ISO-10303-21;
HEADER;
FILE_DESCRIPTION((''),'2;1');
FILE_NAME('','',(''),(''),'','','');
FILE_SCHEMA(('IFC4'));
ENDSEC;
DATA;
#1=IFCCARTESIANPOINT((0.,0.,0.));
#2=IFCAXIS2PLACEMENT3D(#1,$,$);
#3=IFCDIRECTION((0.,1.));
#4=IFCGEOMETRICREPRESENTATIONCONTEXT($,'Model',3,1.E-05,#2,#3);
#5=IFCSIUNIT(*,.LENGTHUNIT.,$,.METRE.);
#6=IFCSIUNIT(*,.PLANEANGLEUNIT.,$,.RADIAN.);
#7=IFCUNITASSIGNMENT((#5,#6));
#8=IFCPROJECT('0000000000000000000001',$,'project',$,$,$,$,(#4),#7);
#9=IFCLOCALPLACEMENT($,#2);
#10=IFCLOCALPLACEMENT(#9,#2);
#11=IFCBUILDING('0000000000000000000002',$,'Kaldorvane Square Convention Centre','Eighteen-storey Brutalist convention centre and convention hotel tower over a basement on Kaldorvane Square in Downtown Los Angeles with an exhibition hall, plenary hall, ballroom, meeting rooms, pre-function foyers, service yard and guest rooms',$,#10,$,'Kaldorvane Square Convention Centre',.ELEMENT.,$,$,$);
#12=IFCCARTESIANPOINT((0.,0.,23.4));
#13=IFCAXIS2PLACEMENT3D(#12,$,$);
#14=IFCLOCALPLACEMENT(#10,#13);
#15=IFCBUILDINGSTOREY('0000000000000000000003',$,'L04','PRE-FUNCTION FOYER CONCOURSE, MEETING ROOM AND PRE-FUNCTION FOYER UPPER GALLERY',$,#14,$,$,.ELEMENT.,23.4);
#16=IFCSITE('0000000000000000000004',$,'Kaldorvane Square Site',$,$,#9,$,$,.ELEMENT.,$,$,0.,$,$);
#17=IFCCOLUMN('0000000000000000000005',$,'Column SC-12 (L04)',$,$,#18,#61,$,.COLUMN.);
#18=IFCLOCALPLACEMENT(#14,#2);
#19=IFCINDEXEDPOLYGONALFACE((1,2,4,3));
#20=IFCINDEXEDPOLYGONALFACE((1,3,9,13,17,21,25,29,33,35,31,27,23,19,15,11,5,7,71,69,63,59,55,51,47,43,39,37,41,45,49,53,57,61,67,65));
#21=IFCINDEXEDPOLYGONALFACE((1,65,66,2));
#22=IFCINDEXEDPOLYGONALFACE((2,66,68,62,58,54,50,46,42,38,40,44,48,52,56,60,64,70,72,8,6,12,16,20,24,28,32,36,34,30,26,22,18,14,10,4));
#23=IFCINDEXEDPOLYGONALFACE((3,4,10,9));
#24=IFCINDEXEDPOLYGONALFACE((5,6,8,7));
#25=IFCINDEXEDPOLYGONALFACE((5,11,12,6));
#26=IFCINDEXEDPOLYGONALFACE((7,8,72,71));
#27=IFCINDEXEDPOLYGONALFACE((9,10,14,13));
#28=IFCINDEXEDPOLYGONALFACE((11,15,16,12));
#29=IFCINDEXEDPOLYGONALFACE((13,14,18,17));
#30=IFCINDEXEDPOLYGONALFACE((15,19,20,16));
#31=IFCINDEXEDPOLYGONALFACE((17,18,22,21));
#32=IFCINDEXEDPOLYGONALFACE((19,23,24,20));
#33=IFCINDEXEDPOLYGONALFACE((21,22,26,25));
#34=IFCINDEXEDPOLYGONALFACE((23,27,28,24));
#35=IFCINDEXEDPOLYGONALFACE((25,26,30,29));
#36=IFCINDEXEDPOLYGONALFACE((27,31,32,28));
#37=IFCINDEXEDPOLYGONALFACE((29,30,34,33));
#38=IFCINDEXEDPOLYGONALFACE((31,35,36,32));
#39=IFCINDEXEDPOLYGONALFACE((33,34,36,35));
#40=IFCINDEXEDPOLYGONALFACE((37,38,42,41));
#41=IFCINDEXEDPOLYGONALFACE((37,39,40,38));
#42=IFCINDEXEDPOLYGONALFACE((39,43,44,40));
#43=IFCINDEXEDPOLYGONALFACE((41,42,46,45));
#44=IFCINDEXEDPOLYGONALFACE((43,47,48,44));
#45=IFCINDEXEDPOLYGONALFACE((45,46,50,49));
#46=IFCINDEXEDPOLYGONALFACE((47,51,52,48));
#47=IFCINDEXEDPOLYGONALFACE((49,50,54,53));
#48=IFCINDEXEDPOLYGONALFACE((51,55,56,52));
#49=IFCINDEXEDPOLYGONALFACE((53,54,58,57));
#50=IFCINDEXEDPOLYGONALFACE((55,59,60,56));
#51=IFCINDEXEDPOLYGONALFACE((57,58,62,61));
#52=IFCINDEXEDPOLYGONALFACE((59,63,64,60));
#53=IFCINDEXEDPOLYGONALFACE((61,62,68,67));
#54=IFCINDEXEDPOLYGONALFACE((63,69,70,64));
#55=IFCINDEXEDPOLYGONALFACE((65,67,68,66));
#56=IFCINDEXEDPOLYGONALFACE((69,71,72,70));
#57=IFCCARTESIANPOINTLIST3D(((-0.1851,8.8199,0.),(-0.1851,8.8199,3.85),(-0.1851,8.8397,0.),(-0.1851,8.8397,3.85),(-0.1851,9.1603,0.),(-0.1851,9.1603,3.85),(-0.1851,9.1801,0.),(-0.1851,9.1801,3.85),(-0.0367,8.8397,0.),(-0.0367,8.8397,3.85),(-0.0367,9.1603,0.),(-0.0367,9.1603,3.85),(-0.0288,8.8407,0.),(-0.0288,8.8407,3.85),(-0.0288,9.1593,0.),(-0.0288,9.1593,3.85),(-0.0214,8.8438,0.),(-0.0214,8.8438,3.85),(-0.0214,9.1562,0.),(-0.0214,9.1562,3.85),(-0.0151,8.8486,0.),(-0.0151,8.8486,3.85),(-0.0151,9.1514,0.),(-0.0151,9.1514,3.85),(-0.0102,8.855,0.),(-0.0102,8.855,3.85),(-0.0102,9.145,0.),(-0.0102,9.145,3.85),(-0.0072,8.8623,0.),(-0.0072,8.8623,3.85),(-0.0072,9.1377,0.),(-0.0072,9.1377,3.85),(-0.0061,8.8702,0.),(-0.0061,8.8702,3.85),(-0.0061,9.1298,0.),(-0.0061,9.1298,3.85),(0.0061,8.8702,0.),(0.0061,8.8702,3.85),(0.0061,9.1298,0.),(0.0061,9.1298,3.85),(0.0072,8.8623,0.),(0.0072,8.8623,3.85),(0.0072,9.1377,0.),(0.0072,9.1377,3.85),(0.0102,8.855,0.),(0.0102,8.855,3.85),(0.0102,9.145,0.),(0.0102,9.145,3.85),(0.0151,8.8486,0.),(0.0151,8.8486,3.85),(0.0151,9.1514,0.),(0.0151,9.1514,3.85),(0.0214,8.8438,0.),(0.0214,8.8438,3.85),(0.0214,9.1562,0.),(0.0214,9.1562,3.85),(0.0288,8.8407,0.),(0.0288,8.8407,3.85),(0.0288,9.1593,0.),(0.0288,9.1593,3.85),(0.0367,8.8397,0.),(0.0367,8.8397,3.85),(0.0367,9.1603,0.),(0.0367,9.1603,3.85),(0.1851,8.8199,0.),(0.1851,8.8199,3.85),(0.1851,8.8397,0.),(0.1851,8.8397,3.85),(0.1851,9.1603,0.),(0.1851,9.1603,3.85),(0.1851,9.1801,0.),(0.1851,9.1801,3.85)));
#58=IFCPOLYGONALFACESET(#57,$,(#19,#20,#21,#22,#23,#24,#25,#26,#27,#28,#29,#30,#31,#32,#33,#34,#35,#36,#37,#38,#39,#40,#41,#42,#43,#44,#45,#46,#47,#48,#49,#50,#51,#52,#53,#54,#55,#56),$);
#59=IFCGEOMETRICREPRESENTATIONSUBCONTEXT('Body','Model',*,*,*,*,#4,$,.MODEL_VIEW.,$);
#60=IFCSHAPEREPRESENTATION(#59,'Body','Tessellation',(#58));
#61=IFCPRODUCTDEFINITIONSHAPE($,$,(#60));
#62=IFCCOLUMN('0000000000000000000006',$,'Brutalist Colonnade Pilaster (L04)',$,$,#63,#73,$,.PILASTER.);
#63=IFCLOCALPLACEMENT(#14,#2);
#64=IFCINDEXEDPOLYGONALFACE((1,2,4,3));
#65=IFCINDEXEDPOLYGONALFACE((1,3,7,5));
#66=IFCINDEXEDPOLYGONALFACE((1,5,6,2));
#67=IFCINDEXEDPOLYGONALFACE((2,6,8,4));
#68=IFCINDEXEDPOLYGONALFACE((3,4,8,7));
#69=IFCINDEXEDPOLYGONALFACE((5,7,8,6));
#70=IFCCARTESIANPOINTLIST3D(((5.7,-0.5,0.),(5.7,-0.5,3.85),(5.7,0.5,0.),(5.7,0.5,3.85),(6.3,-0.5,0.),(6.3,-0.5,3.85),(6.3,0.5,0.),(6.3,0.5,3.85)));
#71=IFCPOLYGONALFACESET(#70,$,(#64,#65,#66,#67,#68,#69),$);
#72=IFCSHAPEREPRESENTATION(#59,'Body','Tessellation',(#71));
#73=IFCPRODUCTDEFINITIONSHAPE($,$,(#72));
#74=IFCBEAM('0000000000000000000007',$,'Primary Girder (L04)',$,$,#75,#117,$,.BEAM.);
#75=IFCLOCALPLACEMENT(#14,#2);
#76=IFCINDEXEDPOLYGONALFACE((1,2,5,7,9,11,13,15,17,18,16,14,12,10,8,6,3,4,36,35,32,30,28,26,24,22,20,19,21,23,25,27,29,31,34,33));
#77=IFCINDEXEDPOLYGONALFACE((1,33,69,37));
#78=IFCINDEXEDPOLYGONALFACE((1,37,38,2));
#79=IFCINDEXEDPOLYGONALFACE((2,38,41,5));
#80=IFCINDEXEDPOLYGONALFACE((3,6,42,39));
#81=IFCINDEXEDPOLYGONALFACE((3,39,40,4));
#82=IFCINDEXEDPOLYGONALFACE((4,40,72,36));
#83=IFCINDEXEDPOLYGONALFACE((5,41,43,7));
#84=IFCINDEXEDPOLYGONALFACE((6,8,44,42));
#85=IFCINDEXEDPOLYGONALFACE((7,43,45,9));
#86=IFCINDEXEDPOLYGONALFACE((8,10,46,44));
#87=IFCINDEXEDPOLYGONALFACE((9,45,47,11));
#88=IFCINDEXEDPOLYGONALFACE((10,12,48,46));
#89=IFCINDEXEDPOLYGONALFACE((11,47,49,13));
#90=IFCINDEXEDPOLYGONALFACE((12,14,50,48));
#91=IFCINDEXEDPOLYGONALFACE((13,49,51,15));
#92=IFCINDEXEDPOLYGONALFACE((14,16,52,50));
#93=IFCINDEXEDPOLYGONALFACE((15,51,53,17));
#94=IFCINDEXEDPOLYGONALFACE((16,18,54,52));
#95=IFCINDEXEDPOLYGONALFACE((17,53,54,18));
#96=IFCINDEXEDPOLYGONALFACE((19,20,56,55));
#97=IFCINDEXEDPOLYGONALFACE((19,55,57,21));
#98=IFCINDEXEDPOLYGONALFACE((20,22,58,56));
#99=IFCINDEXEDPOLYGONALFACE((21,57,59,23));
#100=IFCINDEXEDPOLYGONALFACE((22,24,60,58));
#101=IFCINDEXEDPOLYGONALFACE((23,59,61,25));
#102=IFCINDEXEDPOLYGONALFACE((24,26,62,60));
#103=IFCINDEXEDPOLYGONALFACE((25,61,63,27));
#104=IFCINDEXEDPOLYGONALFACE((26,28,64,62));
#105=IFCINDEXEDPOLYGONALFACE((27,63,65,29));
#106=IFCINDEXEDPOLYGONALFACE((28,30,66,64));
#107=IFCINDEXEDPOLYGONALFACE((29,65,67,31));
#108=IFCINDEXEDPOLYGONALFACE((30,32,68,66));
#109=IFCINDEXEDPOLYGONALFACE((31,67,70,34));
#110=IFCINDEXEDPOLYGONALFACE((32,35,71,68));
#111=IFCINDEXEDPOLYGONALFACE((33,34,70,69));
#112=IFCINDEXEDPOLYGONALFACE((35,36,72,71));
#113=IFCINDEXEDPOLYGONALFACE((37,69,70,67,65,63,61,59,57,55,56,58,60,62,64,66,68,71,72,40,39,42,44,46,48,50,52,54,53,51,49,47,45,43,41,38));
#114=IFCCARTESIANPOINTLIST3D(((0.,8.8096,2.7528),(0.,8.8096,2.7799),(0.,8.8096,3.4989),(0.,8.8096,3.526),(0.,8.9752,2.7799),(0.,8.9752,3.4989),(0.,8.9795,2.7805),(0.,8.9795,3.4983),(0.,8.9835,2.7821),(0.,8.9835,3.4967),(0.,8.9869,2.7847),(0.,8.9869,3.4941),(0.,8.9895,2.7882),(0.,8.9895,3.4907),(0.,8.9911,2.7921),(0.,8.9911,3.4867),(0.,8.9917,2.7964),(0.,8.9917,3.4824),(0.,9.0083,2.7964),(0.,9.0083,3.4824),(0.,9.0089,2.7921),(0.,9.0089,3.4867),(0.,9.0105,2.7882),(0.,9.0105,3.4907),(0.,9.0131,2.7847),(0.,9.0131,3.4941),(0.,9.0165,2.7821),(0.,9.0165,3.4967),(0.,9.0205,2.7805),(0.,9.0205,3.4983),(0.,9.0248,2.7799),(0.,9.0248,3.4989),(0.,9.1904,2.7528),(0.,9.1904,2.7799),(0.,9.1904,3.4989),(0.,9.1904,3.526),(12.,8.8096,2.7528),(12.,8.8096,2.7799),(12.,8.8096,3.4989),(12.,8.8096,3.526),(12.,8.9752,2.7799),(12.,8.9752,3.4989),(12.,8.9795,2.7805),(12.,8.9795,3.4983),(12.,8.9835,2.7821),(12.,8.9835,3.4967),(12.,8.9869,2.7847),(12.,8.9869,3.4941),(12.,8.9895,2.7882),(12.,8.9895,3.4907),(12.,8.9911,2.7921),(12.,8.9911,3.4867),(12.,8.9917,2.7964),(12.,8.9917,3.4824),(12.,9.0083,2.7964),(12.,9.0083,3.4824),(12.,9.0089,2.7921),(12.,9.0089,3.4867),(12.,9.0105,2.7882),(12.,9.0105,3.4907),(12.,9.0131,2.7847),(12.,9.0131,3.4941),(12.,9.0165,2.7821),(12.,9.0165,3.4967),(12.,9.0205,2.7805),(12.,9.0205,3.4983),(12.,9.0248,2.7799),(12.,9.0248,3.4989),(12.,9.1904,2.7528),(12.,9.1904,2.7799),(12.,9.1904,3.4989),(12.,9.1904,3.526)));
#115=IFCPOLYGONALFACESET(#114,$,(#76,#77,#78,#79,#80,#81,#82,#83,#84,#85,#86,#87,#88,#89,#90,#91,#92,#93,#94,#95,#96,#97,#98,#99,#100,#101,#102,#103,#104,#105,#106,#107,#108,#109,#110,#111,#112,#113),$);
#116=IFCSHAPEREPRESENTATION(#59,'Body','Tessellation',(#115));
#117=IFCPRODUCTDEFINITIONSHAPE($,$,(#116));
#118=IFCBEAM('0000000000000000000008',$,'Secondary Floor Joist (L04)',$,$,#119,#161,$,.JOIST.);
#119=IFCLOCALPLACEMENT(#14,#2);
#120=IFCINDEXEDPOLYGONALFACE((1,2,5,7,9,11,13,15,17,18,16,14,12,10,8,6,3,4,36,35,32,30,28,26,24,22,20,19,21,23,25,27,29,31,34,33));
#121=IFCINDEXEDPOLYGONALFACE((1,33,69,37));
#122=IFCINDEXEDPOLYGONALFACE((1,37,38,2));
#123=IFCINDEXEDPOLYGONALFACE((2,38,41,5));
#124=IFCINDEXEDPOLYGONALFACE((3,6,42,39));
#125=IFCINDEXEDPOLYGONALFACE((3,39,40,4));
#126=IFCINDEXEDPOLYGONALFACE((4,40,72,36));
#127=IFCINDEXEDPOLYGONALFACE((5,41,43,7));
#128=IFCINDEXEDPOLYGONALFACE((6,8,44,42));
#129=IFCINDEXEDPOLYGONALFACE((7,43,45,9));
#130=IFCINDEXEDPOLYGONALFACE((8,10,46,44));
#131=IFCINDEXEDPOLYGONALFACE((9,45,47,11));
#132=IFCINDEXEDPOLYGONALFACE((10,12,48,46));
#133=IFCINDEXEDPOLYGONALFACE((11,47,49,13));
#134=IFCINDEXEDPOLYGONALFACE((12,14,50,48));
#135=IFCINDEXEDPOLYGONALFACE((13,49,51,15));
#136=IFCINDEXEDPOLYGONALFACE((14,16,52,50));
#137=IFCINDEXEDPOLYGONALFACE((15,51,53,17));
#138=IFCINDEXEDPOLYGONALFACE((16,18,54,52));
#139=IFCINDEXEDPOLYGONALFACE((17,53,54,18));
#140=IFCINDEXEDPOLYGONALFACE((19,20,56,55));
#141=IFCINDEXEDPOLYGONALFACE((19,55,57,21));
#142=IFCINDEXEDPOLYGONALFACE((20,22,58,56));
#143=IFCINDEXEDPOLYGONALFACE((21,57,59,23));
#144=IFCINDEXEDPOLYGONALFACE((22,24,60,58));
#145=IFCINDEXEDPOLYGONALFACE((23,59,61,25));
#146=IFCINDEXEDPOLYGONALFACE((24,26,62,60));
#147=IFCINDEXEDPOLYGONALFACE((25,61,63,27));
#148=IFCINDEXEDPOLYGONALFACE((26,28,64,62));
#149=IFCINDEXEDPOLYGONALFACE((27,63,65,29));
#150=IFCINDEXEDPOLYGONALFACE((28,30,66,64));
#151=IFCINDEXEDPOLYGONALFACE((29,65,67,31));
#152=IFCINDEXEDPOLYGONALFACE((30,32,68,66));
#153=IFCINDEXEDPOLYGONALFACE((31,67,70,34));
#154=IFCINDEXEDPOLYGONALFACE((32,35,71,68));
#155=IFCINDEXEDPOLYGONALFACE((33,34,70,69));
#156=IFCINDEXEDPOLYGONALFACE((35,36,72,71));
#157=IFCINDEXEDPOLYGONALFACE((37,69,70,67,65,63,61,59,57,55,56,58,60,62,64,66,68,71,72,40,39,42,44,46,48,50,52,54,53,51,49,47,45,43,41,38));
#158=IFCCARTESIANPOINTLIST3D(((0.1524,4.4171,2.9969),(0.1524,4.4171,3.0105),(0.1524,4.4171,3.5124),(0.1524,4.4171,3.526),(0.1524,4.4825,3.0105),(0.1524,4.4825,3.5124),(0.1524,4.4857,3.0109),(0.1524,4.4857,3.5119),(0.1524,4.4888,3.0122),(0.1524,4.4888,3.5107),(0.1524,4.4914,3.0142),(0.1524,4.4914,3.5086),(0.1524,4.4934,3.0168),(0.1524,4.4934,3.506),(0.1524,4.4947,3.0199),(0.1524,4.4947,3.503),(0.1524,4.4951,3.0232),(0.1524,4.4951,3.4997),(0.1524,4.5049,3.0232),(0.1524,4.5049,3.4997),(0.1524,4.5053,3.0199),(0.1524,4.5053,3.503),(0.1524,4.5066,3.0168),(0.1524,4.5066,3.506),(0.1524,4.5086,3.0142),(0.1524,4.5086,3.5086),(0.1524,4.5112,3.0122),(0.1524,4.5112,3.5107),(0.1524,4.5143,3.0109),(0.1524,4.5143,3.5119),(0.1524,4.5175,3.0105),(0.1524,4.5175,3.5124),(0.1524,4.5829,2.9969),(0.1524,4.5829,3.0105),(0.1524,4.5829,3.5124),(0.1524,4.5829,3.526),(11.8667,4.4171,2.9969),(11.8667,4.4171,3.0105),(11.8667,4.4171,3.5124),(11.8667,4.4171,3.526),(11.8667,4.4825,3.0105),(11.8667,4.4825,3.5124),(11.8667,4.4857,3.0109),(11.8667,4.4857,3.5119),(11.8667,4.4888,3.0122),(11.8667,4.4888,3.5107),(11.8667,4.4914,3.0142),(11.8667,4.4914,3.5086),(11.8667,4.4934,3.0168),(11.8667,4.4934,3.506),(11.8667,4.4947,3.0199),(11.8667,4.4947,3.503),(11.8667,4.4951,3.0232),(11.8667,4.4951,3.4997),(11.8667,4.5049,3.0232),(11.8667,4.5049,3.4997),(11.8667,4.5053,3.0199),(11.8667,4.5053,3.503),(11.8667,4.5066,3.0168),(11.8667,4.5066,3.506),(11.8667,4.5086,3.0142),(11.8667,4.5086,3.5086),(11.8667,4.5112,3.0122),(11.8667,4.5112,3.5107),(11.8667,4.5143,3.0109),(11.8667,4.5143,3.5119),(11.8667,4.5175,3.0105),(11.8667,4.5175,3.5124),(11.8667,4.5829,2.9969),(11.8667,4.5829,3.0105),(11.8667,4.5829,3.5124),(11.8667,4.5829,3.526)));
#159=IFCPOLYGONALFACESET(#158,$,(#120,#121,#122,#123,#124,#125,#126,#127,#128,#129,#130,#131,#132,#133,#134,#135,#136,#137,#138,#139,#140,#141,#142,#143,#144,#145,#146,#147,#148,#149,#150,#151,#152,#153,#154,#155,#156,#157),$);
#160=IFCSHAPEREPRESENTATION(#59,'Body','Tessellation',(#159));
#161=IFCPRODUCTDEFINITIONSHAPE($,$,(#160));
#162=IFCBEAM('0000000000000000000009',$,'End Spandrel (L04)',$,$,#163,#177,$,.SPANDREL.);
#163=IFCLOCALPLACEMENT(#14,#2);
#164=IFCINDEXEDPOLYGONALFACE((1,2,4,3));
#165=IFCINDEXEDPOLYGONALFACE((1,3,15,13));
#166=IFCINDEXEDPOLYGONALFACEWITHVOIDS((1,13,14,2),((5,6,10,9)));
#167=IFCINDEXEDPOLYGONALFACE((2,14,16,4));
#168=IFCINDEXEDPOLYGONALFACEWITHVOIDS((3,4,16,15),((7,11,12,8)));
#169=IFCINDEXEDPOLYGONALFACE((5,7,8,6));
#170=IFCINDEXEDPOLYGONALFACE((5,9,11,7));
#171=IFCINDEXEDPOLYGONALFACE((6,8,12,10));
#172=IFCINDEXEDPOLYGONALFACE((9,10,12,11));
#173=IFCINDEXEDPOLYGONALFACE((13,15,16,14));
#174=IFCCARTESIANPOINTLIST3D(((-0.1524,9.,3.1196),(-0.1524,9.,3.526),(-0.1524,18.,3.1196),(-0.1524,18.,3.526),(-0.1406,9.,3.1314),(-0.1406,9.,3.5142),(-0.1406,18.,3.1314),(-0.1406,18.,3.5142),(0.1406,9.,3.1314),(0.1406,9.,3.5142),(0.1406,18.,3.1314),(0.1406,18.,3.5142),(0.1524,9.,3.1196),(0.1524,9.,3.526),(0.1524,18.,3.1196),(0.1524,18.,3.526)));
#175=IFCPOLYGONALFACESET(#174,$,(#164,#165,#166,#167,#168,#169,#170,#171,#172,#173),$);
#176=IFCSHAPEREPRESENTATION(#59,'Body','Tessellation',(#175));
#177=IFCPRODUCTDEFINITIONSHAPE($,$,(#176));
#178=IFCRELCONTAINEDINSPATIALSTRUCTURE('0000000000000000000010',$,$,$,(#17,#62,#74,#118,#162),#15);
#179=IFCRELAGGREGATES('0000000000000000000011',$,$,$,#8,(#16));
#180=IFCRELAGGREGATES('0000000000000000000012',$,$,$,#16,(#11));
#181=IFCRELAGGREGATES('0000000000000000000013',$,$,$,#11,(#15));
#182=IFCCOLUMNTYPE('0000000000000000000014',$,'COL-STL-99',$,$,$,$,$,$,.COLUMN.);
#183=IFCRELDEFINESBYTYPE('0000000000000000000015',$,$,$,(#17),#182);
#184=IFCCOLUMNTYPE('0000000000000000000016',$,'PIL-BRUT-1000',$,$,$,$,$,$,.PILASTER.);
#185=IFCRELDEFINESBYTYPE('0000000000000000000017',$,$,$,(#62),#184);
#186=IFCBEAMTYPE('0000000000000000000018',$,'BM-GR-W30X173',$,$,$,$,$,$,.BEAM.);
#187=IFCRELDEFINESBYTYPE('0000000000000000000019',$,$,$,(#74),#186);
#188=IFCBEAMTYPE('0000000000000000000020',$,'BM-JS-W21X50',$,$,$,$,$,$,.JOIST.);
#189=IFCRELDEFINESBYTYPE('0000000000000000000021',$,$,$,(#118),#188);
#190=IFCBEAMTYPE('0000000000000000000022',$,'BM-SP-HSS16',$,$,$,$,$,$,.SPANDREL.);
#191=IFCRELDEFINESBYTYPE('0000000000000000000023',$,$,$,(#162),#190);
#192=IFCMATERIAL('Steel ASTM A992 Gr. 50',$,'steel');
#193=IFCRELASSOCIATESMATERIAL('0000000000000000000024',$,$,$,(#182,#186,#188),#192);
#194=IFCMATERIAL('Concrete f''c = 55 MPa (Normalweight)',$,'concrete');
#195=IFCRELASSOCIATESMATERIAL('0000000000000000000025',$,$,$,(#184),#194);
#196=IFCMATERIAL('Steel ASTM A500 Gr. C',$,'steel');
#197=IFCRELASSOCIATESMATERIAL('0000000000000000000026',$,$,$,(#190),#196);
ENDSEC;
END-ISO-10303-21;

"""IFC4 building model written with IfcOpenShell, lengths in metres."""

from ifc_helpers import new_model, si_unit, direction, frame, origin, origin_2d, place, context, subcontext, project, spatial, rectangle, hollow_rectangle, i_section, extrude, material, material_profile, profile_set, type_object, element, save


model = new_model("IFC4")

# Units and contexts
model_context = context("Model", 3, precision=1e-05, world=origin(), true_north=direction((0.0, 1.0)))
body_context = subcontext(model_context, "Body", "Model", "MODEL_VIEW")
ifc_project = project(units=[si_unit("LENGTHUNIT", "METRE"), si_unit("PLANEANGLEUNIT", "RADIAN")], contexts=[model_context])

# Site, building, storey
site_placement = place(None, origin())
site = spatial("IfcSite", under=ifc_project, at=site_placement, Name="Kaldorvane Square Site", CompositionType="ELEMENT", RefElevation=0.0)
building_placement = place(site_placement, origin())
building = spatial("IfcBuilding", under=site, at=building_placement, Name="Kaldorvane Square Convention Centre", Description="Eighteen-storey Brutalist convention centre and convention hotel tower over a basement on Kaldorvane Square in Downtown Los Angeles with an exhibition hall, plenary hall, ballroom, meeting rooms, pre-function foyers, service yard and guest rooms", LongName="Kaldorvane Square Convention Centre", CompositionType="ELEMENT")
storey_placement = place(building_placement, frame((0.0, 0.0, 23.4)))
storey = spatial("IfcBuildingStorey", under=building, at=storey_placement, Name="L04", Description="PRE-FUNCTION FOYER CONCOURSE, MEETING ROOM AND PRE-FUNCTION FOYER UPPER GALLERY", CompositionType="ELEMENT", Elevation=23.4)

# Columns
ifc_material_1 = material(Name="Steel ASTM A992 Gr. 50", Category="steel")
ifc_material_profile_1 = material_profile(ifc_material_1, i_section(OverallWidth=0.3701, OverallDepth=0.3602, WebThickness=0.0123, FlangeThickness=0.0198, FilletRadius=0.0305, at=origin_2d()), Name="W14X99")
ifc_profile_set_1 = profile_set([ifc_material_profile_1], Name="Steel ASTM A992 Gr. 50")
column_type_1 = type_object("IfcColumnType", Name="COL-STL-99", PredefinedType="COLUMN", material=ifc_profile_set_1)
column_1_placement = place(storey_placement, frame((0.0, 9.0, 0.0), z_axis=(0.0, 0.0, 1.0), x_axis=(1.0, 0.0, 0.0)))
element("IfcColumn", 1, at=column_1_placement, inside=storey, type_object=column_type_1, Name="Column SC-12 (L04)", PredefinedType="COLUMN", context=body_context, shape_type="SweptSolid", body=[
    extrude(i_section(OverallWidth=0.3701, OverallDepth=0.3602, WebThickness=0.0123, FlangeThickness=0.0198, FilletRadius=0.0305, at=origin_2d()), origin(), (0.0, 0.0, 1.0), 3.85),
])
ifc_material_2 = material(Name="Concrete f'c = 55 MPa (Normalweight)", Category="concrete")
ifc_material_profile_2 = material_profile(ifc_material_2, rectangle(XDim=0.6, YDim=1.0, at=origin_2d()), Name="PIL1000X600")
ifc_profile_set_2 = profile_set([ifc_material_profile_2], Name="Concrete f'c = 55 MPa (Normalweight)")
column_type_2 = type_object("IfcColumnType", Name="PIL-BRUT-1000", PredefinedType="PILASTER", material=ifc_profile_set_2)
column_2_placement = place(storey_placement, frame((6.0, 0.0, 0.0), z_axis=(0.0, 0.0, 1.0), x_axis=(1.0, 0.0, 0.0)))
element("IfcColumn", 2, at=column_2_placement, inside=storey, type_object=column_type_2, Name="Brutalist Colonnade Pilaster (L04)", PredefinedType="PILASTER", context=body_context, shape_type="SweptSolid", body=[
    extrude(rectangle(XDim=0.6, YDim=1.0, at=origin_2d()), origin(), (0.0, 0.0, 1.0), 3.85),
])

# Beams
ifc_material_profile_3 = material_profile(ifc_material_1, i_section(OverallWidth=0.3807, OverallDepth=0.7732, WebThickness=0.0166, FlangeThickness=0.0271, FilletRadius=0.0165, at=origin_2d()), Name="W30X173")
ifc_profile_set_3 = profile_set([ifc_material_profile_3], Name="Steel ASTM A992 Gr. 50")
beam_type_1 = type_object("IfcBeamType", Name="BM-GR-W30X173", PredefinedType="BEAM", material=ifc_profile_set_3)
beam_1_placement = place(storey_placement, frame((0.0, 9.0, 3.1394), z_axis=(1.0, 0.0, 0.0), x_axis=(0.0, 1.0, 0.0)))
element("IfcBeam", 3, at=beam_1_placement, inside=storey, type_object=beam_type_1, Name="Primary Girder (L04)", PredefinedType="BEAM", context=body_context, shape_type="SweptSolid", body=[
    extrude(i_section(OverallWidth=0.3807, OverallDepth=0.7732, WebThickness=0.0166, FlangeThickness=0.0271, FilletRadius=0.0165, at=origin_2d()), origin(), (0.0, 0.0, 1.0), 12.0),
])
ifc_material_profile_4 = material_profile(ifc_material_1, i_section(OverallWidth=0.1659, OverallDepth=0.5291, WebThickness=0.0097, FlangeThickness=0.0136, FilletRadius=0.0127, at=origin_2d()), Name="W21X50")
ifc_profile_set_4 = profile_set([ifc_material_profile_4], Name="Steel ASTM A992 Gr. 50")
beam_type_2 = type_object("IfcBeamType", Name="BM-JS-W21X50", PredefinedType="JOIST", material=ifc_profile_set_4)
beam_2_placement = place(storey_placement, frame((0.1524, 4.5, 3.2614), z_axis=(1.0, 0.0, 0.0), x_axis=(0.0, 1.0, 0.0)))
element("IfcBeam", 4, at=beam_2_placement, inside=storey, type_object=beam_type_2, Name="Secondary Floor Joist (L04)", PredefinedType="JOIST", context=body_context, shape_type="SweptSolid", body=[
    extrude(i_section(OverallWidth=0.1659, OverallDepth=0.5291, WebThickness=0.0097, FlangeThickness=0.0136, FilletRadius=0.0127, at=origin_2d()), origin(), (0.0, 0.0, 1.0), 11.7143),
])
ifc_material_3 = material(Name="Steel ASTM A500 Gr. C", Category="steel")
ifc_material_profile_5 = material_profile(ifc_material_3, hollow_rectangle(XDim=0.3048, YDim=0.4064, WallThickness=0.0118, at=origin_2d()), Name="HSS16X12X1/2")
ifc_profile_set_5 = profile_set([ifc_material_profile_5], Name="Steel ASTM A500 Gr. C")
beam_type_3 = type_object("IfcBeamType", Name="BM-SP-HSS16", PredefinedType="SPANDREL", material=ifc_profile_set_5)
beam_3_placement = place(storey_placement, frame((0.0, 9.0, 3.3228), z_axis=(0.0, 1.0, 0.0), x_axis=(-1.0, 0.0, 0.0)))
element("IfcBeam", 5, at=beam_3_placement, inside=storey, type_object=beam_type_3, Name="End Spandrel (L04)", PredefinedType="SPANDREL", context=body_context, shape_type="SweptSolid", body=[
    extrude(hollow_rectangle(XDim=0.3048, YDim=0.4064, WallThickness=0.0118, at=origin_2d()), origin(), (0.0, 0.0, 1.0), 9.0),
])

save(model, "model.ifc")
